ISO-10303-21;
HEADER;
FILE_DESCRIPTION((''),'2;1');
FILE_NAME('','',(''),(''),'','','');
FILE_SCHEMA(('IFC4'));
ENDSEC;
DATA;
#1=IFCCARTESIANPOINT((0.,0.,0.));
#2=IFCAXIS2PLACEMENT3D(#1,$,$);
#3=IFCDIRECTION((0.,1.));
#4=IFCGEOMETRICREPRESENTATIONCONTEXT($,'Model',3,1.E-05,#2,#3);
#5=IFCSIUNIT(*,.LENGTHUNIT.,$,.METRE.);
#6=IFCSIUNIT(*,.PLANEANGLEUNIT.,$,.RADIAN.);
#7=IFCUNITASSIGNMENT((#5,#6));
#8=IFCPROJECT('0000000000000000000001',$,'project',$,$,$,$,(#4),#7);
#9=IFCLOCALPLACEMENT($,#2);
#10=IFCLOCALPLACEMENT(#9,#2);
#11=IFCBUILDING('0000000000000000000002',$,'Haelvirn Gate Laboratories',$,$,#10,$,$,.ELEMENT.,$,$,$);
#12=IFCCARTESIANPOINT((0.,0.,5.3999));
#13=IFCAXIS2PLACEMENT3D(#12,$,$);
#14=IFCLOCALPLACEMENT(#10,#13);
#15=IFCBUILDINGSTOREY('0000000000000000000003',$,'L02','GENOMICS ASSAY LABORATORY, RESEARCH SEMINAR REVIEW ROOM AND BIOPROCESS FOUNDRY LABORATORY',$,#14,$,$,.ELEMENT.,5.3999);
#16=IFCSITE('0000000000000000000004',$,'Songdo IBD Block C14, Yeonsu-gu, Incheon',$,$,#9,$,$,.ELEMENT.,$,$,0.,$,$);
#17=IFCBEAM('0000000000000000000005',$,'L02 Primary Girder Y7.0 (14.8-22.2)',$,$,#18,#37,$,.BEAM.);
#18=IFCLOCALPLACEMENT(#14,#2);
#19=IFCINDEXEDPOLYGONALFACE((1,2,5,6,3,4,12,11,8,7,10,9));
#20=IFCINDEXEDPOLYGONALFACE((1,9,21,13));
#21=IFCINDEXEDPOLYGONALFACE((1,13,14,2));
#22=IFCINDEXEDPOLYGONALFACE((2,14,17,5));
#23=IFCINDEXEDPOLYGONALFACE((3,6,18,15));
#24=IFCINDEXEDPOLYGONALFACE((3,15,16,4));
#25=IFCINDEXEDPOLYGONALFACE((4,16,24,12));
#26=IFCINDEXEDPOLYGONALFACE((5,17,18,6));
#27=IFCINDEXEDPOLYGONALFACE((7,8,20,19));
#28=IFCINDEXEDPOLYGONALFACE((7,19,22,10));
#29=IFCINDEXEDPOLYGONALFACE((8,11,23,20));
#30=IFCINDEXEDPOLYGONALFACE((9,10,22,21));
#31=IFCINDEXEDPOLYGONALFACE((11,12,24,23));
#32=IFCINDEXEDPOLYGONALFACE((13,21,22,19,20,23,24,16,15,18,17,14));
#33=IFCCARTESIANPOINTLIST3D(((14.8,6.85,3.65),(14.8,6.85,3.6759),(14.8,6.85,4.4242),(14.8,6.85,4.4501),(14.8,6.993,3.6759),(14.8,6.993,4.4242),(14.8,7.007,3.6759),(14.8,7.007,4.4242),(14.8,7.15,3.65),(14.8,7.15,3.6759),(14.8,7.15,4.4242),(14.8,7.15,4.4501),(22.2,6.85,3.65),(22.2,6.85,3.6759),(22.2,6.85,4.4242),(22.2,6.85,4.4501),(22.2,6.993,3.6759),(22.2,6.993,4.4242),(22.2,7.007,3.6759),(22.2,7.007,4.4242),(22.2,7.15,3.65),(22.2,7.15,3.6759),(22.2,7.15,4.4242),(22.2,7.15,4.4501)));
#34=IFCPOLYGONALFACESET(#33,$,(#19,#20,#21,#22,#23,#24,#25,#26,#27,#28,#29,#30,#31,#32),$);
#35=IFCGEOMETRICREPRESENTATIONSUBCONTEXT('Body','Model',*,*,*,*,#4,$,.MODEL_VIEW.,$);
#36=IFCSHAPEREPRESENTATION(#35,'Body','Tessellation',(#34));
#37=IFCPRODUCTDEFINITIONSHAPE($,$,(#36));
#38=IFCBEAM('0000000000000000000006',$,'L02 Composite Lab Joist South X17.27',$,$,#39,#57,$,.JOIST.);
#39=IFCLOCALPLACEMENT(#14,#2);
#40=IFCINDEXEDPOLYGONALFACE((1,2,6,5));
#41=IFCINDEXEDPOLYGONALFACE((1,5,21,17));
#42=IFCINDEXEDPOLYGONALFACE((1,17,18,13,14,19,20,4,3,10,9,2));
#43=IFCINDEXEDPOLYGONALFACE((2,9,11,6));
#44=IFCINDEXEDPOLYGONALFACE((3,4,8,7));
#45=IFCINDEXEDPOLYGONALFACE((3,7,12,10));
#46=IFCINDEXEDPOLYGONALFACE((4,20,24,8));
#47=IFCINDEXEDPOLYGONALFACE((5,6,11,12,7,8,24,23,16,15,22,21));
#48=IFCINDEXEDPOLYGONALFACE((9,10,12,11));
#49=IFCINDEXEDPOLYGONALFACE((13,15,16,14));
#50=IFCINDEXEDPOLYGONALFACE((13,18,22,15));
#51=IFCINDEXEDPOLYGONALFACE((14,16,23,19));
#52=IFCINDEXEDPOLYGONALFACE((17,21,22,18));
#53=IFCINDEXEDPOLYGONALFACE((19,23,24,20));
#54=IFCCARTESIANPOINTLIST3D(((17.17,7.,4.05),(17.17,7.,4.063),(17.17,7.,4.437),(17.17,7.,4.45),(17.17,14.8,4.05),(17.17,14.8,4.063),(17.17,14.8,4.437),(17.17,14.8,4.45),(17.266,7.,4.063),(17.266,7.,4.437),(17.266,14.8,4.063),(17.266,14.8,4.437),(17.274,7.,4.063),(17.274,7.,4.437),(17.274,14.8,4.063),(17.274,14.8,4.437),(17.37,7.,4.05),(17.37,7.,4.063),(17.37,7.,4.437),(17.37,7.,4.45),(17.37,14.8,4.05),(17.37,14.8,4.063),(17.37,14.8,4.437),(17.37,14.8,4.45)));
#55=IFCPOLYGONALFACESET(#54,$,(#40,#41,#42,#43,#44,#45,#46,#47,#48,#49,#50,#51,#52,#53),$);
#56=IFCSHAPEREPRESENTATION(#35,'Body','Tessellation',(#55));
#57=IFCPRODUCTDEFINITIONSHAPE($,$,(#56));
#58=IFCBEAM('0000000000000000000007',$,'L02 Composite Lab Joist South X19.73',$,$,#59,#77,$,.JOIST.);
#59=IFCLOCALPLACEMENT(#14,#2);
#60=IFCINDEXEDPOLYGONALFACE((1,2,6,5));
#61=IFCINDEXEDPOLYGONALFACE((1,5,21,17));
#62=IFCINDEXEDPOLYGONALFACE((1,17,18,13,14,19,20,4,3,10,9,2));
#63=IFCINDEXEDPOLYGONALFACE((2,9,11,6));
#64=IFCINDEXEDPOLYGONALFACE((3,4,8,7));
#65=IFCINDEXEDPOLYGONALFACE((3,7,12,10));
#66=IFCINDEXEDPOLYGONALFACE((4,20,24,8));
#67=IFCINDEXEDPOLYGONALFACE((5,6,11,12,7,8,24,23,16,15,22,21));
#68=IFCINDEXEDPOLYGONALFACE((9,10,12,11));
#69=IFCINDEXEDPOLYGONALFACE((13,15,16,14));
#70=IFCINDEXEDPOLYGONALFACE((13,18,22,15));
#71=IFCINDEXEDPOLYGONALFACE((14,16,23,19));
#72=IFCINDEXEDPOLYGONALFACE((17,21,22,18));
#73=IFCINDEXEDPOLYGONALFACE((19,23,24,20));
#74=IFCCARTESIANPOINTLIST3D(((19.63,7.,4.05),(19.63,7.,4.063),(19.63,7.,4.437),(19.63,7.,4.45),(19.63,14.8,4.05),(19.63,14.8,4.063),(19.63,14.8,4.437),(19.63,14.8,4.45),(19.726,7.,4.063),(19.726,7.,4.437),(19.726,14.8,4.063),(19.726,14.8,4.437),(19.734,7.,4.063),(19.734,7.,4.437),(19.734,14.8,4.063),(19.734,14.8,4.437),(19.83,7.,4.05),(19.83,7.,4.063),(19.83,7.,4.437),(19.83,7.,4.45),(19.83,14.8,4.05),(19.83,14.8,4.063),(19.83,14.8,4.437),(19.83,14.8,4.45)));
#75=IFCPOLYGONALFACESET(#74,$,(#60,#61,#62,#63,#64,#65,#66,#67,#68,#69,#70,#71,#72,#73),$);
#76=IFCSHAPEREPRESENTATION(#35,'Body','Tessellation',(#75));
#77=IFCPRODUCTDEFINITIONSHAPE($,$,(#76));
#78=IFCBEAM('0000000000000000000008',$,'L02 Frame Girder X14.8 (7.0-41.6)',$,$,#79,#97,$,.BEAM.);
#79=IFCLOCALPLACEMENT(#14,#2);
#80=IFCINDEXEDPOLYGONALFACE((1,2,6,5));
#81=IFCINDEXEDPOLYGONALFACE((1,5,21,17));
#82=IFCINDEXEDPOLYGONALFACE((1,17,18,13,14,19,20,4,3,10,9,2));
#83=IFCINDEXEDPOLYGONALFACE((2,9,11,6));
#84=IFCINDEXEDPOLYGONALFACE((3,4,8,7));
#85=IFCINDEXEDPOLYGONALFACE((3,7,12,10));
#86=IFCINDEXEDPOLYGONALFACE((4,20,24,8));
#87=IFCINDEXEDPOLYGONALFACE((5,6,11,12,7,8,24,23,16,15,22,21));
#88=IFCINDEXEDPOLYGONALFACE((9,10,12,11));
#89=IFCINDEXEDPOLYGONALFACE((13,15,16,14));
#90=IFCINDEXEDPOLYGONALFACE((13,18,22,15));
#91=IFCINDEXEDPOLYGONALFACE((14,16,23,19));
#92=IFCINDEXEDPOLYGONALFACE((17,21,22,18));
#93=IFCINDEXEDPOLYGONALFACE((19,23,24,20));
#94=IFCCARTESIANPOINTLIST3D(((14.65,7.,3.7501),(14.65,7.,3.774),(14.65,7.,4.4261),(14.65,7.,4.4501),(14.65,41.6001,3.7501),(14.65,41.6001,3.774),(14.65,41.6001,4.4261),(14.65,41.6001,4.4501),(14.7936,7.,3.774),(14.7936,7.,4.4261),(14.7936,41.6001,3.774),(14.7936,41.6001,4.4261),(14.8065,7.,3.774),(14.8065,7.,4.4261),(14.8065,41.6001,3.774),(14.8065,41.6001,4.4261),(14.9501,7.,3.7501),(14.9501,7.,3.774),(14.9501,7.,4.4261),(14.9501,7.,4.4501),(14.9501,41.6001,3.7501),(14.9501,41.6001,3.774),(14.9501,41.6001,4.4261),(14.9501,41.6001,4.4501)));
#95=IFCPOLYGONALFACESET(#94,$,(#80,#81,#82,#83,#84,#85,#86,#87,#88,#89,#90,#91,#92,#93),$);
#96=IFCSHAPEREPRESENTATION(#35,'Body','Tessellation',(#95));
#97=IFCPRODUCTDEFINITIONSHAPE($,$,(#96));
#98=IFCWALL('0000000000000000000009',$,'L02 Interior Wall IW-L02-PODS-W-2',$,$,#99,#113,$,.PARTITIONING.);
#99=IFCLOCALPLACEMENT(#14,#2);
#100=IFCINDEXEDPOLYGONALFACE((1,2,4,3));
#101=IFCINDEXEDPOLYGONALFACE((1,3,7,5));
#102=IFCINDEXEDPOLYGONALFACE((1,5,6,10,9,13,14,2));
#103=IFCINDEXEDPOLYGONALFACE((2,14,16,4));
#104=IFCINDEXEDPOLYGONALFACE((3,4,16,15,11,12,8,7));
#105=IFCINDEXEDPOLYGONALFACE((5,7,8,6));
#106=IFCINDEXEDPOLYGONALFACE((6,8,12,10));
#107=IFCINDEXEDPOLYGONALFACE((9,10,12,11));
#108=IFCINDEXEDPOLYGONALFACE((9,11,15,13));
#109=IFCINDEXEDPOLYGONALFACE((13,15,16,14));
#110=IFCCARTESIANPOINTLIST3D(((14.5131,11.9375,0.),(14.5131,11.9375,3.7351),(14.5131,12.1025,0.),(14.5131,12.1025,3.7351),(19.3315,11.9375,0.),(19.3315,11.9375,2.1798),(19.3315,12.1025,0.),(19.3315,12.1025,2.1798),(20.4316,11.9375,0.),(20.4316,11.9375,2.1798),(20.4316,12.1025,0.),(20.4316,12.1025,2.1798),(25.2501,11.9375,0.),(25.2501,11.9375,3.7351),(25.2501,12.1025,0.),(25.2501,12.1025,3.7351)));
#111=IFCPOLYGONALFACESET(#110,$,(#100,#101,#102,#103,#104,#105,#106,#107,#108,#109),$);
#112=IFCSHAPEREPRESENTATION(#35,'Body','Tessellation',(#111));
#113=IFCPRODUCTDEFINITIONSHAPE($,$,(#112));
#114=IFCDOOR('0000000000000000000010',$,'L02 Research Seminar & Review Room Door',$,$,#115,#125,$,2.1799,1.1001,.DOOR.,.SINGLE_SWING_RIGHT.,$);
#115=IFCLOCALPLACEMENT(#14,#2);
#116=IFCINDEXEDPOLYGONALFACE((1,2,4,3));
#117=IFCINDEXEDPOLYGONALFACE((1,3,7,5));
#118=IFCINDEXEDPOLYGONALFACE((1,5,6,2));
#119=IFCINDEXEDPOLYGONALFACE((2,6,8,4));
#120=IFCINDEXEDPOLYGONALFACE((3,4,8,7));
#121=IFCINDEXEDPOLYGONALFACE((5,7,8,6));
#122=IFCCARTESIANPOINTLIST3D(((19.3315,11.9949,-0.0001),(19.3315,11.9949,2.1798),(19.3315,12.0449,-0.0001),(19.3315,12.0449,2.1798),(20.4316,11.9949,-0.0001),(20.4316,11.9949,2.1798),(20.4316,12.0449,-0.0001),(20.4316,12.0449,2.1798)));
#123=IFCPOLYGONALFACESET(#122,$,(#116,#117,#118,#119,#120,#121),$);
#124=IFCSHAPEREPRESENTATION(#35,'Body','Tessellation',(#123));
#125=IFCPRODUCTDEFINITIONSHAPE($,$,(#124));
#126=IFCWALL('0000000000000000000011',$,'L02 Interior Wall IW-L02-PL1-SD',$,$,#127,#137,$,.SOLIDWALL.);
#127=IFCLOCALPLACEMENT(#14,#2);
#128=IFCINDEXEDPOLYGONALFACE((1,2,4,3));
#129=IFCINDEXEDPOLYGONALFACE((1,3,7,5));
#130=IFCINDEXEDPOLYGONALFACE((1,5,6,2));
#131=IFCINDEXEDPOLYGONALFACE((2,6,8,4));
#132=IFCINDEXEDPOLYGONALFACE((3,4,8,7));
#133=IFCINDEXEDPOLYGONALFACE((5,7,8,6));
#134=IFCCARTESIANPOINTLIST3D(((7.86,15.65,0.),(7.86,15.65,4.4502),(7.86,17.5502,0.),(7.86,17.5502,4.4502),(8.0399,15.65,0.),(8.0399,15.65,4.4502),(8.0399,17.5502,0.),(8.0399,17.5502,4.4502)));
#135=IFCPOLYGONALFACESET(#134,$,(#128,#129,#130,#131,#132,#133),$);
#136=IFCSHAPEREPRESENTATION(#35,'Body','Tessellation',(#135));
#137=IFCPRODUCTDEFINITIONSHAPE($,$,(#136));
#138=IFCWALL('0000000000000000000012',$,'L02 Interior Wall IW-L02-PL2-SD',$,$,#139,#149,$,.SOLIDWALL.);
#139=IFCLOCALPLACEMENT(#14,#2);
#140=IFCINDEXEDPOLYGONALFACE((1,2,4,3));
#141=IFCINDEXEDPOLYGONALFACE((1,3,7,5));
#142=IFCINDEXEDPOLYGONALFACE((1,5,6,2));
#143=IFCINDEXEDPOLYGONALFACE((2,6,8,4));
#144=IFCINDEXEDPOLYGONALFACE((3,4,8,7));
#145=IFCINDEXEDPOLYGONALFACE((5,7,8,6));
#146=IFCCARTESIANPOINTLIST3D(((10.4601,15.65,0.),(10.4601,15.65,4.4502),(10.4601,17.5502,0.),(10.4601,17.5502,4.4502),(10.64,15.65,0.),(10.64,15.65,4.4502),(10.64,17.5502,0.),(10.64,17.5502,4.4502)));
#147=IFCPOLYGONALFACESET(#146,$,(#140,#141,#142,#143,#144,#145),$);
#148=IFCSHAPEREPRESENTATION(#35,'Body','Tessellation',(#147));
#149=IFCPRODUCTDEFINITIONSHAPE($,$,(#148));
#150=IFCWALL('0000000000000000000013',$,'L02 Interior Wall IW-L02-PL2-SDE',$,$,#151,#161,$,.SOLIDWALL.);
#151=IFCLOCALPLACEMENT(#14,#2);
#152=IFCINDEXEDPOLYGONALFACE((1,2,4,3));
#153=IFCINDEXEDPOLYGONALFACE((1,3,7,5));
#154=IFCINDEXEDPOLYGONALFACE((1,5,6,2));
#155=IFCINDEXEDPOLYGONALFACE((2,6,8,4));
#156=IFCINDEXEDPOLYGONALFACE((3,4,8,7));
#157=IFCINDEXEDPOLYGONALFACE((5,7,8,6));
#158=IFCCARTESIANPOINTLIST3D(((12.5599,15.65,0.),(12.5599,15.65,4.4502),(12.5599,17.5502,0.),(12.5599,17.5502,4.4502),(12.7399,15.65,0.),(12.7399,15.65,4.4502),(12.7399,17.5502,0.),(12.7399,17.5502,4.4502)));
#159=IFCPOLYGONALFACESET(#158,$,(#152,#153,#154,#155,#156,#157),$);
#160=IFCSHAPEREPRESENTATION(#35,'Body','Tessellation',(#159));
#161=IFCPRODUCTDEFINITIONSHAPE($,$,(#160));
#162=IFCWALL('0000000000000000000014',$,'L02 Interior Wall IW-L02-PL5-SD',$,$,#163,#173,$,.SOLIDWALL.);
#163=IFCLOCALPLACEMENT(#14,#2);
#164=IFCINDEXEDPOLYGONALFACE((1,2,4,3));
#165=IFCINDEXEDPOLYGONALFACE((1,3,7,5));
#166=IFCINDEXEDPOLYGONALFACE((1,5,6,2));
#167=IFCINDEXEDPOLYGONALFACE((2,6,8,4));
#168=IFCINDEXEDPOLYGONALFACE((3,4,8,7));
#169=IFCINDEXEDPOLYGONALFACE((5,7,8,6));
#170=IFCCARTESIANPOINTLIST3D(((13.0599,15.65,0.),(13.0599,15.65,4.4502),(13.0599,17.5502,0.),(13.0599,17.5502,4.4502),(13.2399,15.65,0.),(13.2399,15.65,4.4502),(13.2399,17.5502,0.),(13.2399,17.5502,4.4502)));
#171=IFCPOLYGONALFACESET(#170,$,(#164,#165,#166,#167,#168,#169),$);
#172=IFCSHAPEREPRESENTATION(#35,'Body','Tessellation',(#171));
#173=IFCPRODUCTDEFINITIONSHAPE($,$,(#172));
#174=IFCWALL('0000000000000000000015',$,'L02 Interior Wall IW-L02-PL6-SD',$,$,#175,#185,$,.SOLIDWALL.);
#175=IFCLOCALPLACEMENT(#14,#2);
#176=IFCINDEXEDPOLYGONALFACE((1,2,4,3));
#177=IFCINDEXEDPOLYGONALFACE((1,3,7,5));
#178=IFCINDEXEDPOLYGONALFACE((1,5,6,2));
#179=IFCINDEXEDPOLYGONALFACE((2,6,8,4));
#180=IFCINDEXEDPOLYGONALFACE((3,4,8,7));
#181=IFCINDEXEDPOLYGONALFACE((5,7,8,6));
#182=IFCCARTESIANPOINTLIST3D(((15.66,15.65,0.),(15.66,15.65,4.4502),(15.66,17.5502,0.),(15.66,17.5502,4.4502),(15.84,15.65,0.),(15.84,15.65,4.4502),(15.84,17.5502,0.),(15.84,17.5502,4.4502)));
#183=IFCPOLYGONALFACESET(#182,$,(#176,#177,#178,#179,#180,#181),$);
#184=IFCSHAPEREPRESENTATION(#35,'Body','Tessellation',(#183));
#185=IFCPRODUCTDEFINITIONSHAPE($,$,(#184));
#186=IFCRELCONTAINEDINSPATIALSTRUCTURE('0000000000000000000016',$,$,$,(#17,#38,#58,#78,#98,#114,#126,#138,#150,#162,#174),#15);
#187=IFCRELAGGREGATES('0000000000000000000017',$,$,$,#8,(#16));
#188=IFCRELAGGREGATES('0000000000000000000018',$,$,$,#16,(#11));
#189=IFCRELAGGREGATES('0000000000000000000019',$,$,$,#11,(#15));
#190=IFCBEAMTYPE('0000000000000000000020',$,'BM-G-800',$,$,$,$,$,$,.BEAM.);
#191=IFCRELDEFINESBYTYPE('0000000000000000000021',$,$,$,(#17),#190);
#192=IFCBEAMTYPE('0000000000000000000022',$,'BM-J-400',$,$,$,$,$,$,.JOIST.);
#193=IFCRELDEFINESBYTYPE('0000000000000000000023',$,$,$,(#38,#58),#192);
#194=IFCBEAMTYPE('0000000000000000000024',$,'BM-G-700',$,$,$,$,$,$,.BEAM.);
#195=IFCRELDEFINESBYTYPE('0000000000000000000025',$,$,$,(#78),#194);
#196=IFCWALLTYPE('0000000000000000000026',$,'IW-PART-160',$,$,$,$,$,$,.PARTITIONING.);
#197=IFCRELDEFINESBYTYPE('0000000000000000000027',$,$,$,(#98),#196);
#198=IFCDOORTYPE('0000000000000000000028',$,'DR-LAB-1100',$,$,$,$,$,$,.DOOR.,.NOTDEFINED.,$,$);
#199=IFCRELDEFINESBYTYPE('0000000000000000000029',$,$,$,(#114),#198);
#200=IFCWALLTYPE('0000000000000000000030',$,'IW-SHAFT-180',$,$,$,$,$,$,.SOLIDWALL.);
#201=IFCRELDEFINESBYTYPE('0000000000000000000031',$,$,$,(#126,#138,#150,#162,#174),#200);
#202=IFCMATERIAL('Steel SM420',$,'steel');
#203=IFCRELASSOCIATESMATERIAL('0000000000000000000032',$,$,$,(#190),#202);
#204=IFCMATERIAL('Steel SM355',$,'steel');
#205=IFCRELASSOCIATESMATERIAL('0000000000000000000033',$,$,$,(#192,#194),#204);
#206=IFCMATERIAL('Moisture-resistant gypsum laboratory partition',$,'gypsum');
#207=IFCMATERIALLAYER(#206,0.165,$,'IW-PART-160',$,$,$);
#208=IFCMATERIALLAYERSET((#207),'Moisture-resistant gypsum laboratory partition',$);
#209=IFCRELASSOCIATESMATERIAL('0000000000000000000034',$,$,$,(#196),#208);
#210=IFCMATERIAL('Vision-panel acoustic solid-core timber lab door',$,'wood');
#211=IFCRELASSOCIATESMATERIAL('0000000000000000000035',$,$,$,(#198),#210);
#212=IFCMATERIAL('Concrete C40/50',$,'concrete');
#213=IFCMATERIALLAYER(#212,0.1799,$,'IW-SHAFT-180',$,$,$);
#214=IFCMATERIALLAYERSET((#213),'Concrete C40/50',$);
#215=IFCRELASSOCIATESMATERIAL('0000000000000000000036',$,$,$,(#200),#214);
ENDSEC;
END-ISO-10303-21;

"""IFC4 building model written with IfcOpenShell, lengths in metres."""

from ifc_helpers import new_model, si_unit, direction, frame, frame_2d, origin, origin_2d, place, context, subcontext, project, spatial, rectangle, i_section, extrude, source, transform, mapped, material, layer, layer_set, material_profile, profile_set, type_object, type_shapes, element, fill, save


model = new_model("IFC4")

# Units and contexts
model_context = context("Model", 3, precision=1e-05, world=origin(), true_north=direction((0.0, 1.0)))
body_context = subcontext(model_context, "Body", "Model", "MODEL_VIEW")
ifc_project = project(units=[si_unit("LENGTHUNIT", "METRE"), si_unit("PLANEANGLEUNIT", "RADIAN")], contexts=[model_context])

# Site, building, storey
site_placement = place(None, origin())
site = spatial("IfcSite", under=ifc_project, at=site_placement, Name="Songdo IBD Block C14, Yeonsu-gu, Incheon", CompositionType="ELEMENT", RefElevation=0.0)
building_placement = place(site_placement, origin())
building = spatial("IfcBuilding", under=site, at=building_placement, Name="Haelvirn Gate Laboratories", CompositionType="ELEMENT")
storey_placement = place(building_placement, frame((0.0, 0.0, 5.3999)))
storey = spatial("IfcBuildingStorey", under=building, at=storey_placement, Name="L02", Description="GENOMICS ASSAY LABORATORY, RESEARCH SEMINAR REVIEW ROOM AND BIOPROCESS FOUNDRY LABORATORY", CompositionType="ELEMENT", Elevation=5.3999)

# Beams
ifc_material_1 = material(Name="Steel SM420", Category="steel")
ifc_material_profile_1 = material_profile(ifc_material_1, i_section(OverallWidth=0.3, OverallDepth=0.8, WebThickness=0.0139, FlangeThickness=0.0259, at=origin_2d()), Name="H-800x300x14x26")
ifc_profile_set_1 = profile_set([ifc_material_profile_1], Name="Steel SM420")
beam_type_1 = type_object("IfcBeamType", Name="BM-G-800", PredefinedType="BEAM", material=ifc_profile_set_1)
shared_shape_1 = source(origin(), body_context, "Body", "SweptSolid", [
    extrude(i_section(OverallWidth=0.3, OverallDepth=0.8, WebThickness=0.0139, FlangeThickness=0.0259, at=origin_2d()), origin(), (0.0, 0.0, 1.0), 7.3999),
])
type_shapes(beam_type_1, [shared_shape_1])
beam_1_placement = place(storey_placement, frame((14.8, 7.0, 4.05), z_axis=(1.0, 0.0, 0.0), x_axis=(0.0, 1.0, 0.0)))
element("IfcBeam", 1, at=beam_1_placement, inside=storey, type_object=beam_type_1, Name="L02 Primary Girder Y7.0 (14.8-22.2)", PredefinedType="BEAM", context=body_context, shape_type="MappedRepresentation", body=[
    mapped(shared_shape_1, transform((0.0, 0.0, 0.0), scale=1.0)),
])
ifc_material_2 = material(Name="Steel SM355", Category="steel")
ifc_material_profile_2 = material_profile(ifc_material_2, i_section(OverallWidth=0.2, OverallDepth=0.3999, WebThickness=0.0081, FlangeThickness=0.0129, at=origin_2d()), Name="H-400x200x8x13")
ifc_profile_set_2 = profile_set([ifc_material_profile_2], Name="Steel SM355")
beam_type_2 = type_object("IfcBeamType", Name="BM-J-400", PredefinedType="JOIST", material=ifc_profile_set_2)
shared_shape_2 = source(origin(), body_context, "Body", "SweptSolid", [
    extrude(i_section(OverallWidth=0.2, OverallDepth=0.3999, WebThickness=0.0081, FlangeThickness=0.0129, at=origin_2d()), origin(), (0.0, 0.0, 1.0), 7.8),
])
type_shapes(beam_type_2, [shared_shape_2])
for number, where, z_axis, x_axis, name in (
    (2, (17.27, 7.0, 4.25), (0.0, 1.0, 0.0), (-1.0, 0.0, 0.0), "L02 Composite Lab Joist South X17.27"),
    (3, (19.73, 7.0, 4.25), (0.0, 1.0, 0.0), (-1.0, 0.0, 0.0), "L02 Composite Lab Joist South X19.73"),
):
    element("IfcBeam", number, at=place(storey_placement, frame(where, z_axis=z_axis, x_axis=x_axis)), inside=storey, type_object=beam_type_2, Name=name, PredefinedType="JOIST", context=body_context, shape_type="MappedRepresentation", body=[
        mapped(shared_shape_2, transform((0.0, 0.0, 0.0), scale=1.0)),
    ])
ifc_material_profile_3 = material_profile(ifc_material_2, i_section(OverallWidth=0.3, OverallDepth=0.7, WebThickness=0.0129, FlangeThickness=0.0239, at=origin_2d()), Name="H-700x300x13x24")
ifc_profile_set_3 = profile_set([ifc_material_profile_3], Name="Steel SM355")
beam_type_3 = type_object("IfcBeamType", Name="BM-G-700", PredefinedType="BEAM", material=ifc_profile_set_3)
shared_shape_3 = source(origin(), body_context, "Body", "SweptSolid", [
    extrude(i_section(OverallWidth=0.3, OverallDepth=0.7, WebThickness=0.0129, FlangeThickness=0.0239, at=origin_2d()), origin(), (0.0, 0.0, 1.0), 34.6001),
])
type_shapes(beam_type_3, [shared_shape_3])
beam_2_placement = place(storey_placement, frame((14.8, 7.0, 4.1001), z_axis=(0.0, 1.0, 0.0), x_axis=(-1.0, 0.0, 0.0)))
element("IfcBeam", 4, at=beam_2_placement, inside=storey, type_object=beam_type_3, Name="L02 Frame Girder X14.8 (7.0-41.6)", PredefinedType="BEAM", context=body_context, shape_type="MappedRepresentation", body=[
    mapped(shared_shape_3, transform((0.0, 0.0, 0.0), scale=1.0)),
])

# Wall, opening, door
ifc_material_3 = material(Name="Moisture-resistant gypsum laboratory partition", Category="gypsum")
ifc_layer_1 = layer(ifc_material_3, 0.165, Name="IW-PART-160")
ifc_layer_set_1 = layer_set([ifc_layer_1], Name="Moisture-resistant gypsum laboratory partition")
wall_type_1 = type_object("IfcWallType", Name="IW-PART-160", PredefinedType="PARTITIONING", material=ifc_layer_set_1)
wall_1_placement = place(storey_placement, frame((14.5129, 12.02, 0.0), z_axis=(0.0, 0.0, 1.0), x_axis=(1.0, 0.0, 0.0)))
wall_1 = element("IfcWall", 5, at=wall_1_placement, inside=storey, type_object=wall_type_1, Name="L02 Interior Wall IW-L02-PODS-W-2", PredefinedType="PARTITIONING", context=body_context, shape_type="SweptSolid", body=[
    extrude(rectangle(XDim=10.7371, YDim=0.165, at=frame_2d((5.3687, 0.0))), origin(), (0.0, 0.0, 1.0), 3.7351),
])
opening_1_placement = place(wall_1_placement, frame((4.8186, 0.0, 0.0)))
opening_1 = element("IfcOpeningElement", 6, at=opening_1_placement, cuts=wall_1, PredefinedType="OPENING", context=body_context, shape_type="SweptSolid", body=[
    extrude(rectangle(XDim=1.1001, YDim=2.1799, at=frame_2d((0.55, 1.0898))), frame((0.0, 0.0925, 0.0), z_axis=(0.0, -1.0, 0.0), x_axis=(1.0, 0.0, 0.0)), (0.0, 0.0, 1.0), 0.1851),
])
ifc_material_4 = material(Name="Vision-panel acoustic solid-core timber lab door", Category="wood")
door_type_1 = type_object("IfcDoorType", Name="DR-LAB-1100", OperationType="NOTDEFINED", PredefinedType="DOOR", material=ifc_material_4)
shared_shape_4 = source(origin(), body_context, "Body", "SweptSolid", [
    extrude(rectangle(XDim=1.1001, YDim=2.1799, at=frame_2d((0.55, 1.0898))), frame((0.0, 0.0249, 0.0), z_axis=(0.0, -1.0, 0.0), x_axis=(1.0, 0.0, 0.0)), (0.0, 0.0, 1.0), 0.05),
])
type_shapes(door_type_1, [shared_shape_4])
door_1_placement = place(opening_1_placement, origin())
door_1 = element("IfcDoor", 7, at=door_1_placement, inside=storey, type_object=door_type_1, Name="L02 Research Seminar & Review Room Door", OperationType="SINGLE_SWING_RIGHT", OverallHeight=2.1799, OverallWidth=1.1001, PredefinedType="DOOR", context=body_context, shape_type="MappedRepresentation", body=[
    mapped(shared_shape_4, transform((0.0, 0.0, 0.0), scale=1.0)),
])
fill(opening_1, door_1)

# Walls
ifc_material_5 = material(Name="Concrete C40/50", Category="concrete")
ifc_layer_2 = layer(ifc_material_5, 0.1799, Name="IW-SHAFT-180")
ifc_layer_set_2 = layer_set([ifc_layer_2], Name="Concrete C40/50")
wall_type_2 = type_object("IfcWallType", Name="IW-SHAFT-180", PredefinedType="SOLIDWALL", material=ifc_layer_set_2)
for number, where, z_axis, x_axis, name in (
    (8, (7.95, 15.6499, 0.0), (0.0, 0.0, 1.0), (0.0, 1.0, 0.0), "L02 Interior Wall IW-L02-PL1-SD"),
    (9, (10.55, 15.6499, 0.0), (0.0, 0.0, 1.0), (0.0, 1.0, 0.0), "L02 Interior Wall IW-L02-PL2-SD"),
    (10, (12.6499, 15.6499, 0.0), (0.0, 0.0, 1.0), (0.0, 1.0, 0.0), "L02 Interior Wall IW-L02-PL2-SDE"),
    (11, (13.1499, 15.6499, 0.0), (0.0, 0.0, 1.0), (0.0, 1.0, 0.0), "L02 Interior Wall IW-L02-PL5-SD"),
    (12, (15.75, 15.6499, 0.0), (0.0, 0.0, 1.0), (0.0, 1.0, 0.0), "L02 Interior Wall IW-L02-PL6-SD"),
):
    element("IfcWall", number, at=place(storey_placement, frame(where, z_axis=z_axis, x_axis=x_axis)), inside=storey, type_object=wall_type_2, Name=name, PredefinedType="SOLIDWALL", context=body_context, shape_type="SweptSolid", body=[
        extrude(rectangle(XDim=1.9001, YDim=0.1799, at=frame_2d((0.9502, 0.0))), origin(), (0.0, 0.0, 1.0), 4.4502),
    ])

save(model, "model.ifc")
